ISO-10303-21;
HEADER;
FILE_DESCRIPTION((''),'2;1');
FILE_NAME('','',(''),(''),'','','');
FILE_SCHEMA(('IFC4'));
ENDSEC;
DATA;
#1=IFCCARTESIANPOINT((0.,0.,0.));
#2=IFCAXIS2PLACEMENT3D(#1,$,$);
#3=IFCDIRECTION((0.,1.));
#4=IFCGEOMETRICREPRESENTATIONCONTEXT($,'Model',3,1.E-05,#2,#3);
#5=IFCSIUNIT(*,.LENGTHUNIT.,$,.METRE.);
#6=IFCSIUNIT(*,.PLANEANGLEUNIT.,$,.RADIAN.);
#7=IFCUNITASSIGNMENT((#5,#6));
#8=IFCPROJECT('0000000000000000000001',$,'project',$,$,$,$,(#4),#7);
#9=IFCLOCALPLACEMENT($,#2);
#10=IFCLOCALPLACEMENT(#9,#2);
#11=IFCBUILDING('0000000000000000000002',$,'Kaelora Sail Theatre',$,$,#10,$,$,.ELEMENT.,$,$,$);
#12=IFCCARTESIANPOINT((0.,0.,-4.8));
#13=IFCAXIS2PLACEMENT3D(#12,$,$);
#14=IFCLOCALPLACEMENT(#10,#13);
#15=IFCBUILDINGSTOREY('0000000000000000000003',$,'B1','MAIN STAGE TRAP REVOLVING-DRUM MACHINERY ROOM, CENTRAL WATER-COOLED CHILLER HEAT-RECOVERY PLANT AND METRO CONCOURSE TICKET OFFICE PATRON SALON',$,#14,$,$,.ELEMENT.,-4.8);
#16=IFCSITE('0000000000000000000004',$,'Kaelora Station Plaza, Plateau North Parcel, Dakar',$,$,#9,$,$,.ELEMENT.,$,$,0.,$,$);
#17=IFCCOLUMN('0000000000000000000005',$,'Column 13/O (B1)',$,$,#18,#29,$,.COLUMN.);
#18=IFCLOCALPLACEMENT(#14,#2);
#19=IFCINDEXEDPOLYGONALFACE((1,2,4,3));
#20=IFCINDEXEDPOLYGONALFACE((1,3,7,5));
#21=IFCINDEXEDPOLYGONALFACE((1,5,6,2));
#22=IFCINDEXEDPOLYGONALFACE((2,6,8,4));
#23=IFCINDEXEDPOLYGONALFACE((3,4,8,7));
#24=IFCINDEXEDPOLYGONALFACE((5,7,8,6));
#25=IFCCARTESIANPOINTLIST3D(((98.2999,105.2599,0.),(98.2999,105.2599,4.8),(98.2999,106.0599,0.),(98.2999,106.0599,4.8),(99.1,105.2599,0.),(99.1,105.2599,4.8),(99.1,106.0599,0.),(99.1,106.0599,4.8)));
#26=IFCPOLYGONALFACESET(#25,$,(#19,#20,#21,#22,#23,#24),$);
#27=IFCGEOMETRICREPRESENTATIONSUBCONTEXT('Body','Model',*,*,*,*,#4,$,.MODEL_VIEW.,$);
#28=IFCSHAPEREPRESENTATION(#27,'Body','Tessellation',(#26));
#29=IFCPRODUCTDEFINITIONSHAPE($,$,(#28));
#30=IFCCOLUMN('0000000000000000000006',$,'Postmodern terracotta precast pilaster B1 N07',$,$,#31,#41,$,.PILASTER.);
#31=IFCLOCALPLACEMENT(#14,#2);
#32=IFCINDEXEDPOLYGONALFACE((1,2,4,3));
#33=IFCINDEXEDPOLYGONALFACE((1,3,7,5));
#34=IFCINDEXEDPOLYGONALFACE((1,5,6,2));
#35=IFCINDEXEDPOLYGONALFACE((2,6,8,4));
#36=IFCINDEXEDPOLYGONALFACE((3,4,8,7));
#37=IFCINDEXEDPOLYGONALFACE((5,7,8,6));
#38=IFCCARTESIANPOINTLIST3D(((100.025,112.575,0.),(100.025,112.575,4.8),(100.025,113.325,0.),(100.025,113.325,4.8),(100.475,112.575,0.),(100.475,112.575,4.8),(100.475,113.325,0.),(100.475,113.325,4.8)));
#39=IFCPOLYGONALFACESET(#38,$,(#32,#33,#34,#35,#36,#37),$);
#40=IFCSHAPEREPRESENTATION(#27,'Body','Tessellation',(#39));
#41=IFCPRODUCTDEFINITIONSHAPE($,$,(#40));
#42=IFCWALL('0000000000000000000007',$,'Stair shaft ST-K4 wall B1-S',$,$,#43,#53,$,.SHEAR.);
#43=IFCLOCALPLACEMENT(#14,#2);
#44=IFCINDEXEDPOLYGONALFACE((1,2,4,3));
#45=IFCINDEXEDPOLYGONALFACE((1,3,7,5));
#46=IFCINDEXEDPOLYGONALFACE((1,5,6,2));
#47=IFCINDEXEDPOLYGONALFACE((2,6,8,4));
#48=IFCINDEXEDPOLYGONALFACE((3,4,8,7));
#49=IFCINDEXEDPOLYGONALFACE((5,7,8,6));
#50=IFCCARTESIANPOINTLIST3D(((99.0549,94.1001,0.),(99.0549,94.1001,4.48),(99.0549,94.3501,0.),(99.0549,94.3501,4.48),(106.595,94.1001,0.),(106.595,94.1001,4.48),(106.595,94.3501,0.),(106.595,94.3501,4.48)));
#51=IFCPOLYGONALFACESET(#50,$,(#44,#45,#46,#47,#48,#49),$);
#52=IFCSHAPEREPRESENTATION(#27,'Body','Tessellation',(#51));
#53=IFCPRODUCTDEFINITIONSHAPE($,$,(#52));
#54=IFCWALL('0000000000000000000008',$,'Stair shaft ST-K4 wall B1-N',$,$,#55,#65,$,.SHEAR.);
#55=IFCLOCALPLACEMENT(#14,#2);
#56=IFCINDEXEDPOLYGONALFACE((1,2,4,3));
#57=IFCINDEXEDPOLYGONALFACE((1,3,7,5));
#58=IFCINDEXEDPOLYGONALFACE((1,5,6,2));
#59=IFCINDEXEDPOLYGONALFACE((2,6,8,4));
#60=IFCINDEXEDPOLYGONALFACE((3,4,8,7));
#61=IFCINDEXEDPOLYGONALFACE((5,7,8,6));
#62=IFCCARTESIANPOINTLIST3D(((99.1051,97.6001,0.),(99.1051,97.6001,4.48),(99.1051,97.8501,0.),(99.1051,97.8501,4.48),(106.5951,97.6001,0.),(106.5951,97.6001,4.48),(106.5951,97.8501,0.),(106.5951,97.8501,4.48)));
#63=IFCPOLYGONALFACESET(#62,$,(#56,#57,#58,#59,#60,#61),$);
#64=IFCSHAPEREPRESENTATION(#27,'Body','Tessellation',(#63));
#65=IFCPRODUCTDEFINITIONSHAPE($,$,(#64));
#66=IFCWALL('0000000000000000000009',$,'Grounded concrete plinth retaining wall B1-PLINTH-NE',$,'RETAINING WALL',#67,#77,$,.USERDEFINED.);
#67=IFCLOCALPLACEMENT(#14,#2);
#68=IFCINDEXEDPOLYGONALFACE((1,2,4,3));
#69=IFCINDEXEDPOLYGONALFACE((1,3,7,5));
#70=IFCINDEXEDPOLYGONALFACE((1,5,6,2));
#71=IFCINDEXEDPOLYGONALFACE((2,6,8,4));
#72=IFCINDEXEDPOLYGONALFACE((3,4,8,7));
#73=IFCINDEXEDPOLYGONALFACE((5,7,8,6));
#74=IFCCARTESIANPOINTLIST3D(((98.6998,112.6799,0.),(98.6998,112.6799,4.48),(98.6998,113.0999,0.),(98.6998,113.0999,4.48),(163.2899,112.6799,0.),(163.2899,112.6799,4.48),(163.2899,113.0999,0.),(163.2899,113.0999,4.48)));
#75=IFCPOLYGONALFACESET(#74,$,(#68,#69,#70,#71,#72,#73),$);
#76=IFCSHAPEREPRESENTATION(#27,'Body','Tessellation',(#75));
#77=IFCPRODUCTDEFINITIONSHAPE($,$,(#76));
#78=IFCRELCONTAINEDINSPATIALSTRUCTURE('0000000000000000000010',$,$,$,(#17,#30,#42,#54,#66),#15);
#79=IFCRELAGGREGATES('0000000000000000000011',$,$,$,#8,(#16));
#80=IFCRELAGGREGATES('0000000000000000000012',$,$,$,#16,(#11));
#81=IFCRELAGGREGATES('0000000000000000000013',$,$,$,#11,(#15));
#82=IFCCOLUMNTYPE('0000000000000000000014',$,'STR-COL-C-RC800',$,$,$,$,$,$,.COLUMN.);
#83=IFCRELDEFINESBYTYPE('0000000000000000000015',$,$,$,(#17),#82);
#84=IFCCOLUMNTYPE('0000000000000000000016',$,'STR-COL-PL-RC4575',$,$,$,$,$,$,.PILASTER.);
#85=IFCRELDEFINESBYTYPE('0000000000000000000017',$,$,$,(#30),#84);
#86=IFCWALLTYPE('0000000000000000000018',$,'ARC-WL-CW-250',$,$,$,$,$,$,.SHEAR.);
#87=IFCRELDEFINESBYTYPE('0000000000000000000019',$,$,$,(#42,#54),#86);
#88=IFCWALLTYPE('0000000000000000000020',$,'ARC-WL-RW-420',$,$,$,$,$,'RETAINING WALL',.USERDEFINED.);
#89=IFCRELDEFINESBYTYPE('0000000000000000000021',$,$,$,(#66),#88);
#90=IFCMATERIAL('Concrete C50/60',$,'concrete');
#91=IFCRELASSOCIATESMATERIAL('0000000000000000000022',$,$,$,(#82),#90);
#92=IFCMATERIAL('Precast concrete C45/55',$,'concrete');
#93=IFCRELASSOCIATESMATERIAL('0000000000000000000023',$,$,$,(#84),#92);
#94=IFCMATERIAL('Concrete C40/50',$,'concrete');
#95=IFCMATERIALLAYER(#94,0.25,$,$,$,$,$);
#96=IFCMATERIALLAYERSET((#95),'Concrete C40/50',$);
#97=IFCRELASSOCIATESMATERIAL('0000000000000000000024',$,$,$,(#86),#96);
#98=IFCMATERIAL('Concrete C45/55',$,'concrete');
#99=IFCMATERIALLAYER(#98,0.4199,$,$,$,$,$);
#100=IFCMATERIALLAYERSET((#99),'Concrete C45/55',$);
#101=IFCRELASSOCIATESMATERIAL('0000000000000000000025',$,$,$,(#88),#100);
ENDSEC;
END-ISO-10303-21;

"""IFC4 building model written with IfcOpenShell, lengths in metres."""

from ifc_helpers import new_model, si_unit, direction, frame, frame_2d, origin, origin_2d, place, context, subcontext, project, spatial, rectangle, extrude, material, layer, layer_set, material_profile, profile_set, type_object, element, save


model = new_model("IFC4")

# Units and contexts
model_context = context("Model", 3, precision=1e-05, world=origin(), true_north=direction((0.0, 1.0)))
body_context = subcontext(model_context, "Body", "Model", "MODEL_VIEW")
ifc_project = project(units=[si_unit("LENGTHUNIT", "METRE"), si_unit("PLANEANGLEUNIT", "RADIAN")], contexts=[model_context])

# Site, building, storey
site_placement = place(None, origin())
site = spatial("IfcSite", under=ifc_project, at=site_placement, Name="Kaelora Station Plaza, Plateau North Parcel, Dakar", CompositionType="ELEMENT", RefElevation=0.0)
building_placement = place(site_placement, origin())
building = spatial("IfcBuilding", under=site, at=building_placement, Name="Kaelora Sail Theatre", CompositionType="ELEMENT")
storey_placement = place(building_placement, frame((0.0, 0.0, -4.8)))
storey = spatial("IfcBuildingStorey", under=building, at=storey_placement, Name="B1", Description="MAIN STAGE TRAP REVOLVING-DRUM MACHINERY ROOM, CENTRAL WATER-COOLED CHILLER HEAT-RECOVERY PLANT AND METRO CONCOURSE TICKET OFFICE PATRON SALON", CompositionType="ELEMENT", Elevation=-4.8)

# Columns
ifc_material_1 = material(Name="Concrete C50/60", Category="concrete")
ifc_material_profile_1 = material_profile(ifc_material_1, rectangle(XDim=0.8, YDim=0.8, at=origin_2d()), Name="RC-COL 800x800")
ifc_profile_set_1 = profile_set([ifc_material_profile_1], Name="Concrete C50/60")
column_type_1 = type_object("IfcColumnType", Name="STR-COL-C-RC800", PredefinedType="COLUMN", material=ifc_profile_set_1)
for number, where, z_axis, x_axis, name in (
    (1, (98.7, 105.6599, 0.0), (0.0, 0.0, 1.0), (1.0, 0.0, 0.0), "Column 13/O (B1)"),
):
    element("IfcColumn", number, at=place(storey_placement, frame(where, z_axis=z_axis, x_axis=x_axis)), inside=storey, type_object=column_type_1, Name=name, PredefinedType="COLUMN", context=body_context, shape_type="SweptSolid", body=[
        extrude(rectangle(XDim=0.8, YDim=0.8, at=origin_2d()), origin(), (0.0, 0.0, 1.0), 4.8),
    ])
ifc_material_2 = material(Name="Precast concrete C45/55", Category="concrete")
ifc_material_profile_2 = material_profile(ifc_material_2, rectangle(XDim=0.45, YDim=0.75, at=origin_2d()), Name="RC-PIL 450x750")
ifc_profile_set_2 = profile_set([ifc_material_profile_2], Name="Precast concrete C45/55")
column_type_2 = type_object("IfcColumnType", Name="STR-COL-PL-RC4575", PredefinedType="PILASTER", material=ifc_profile_set_2)
column_placement = place(storey_placement, frame((100.25, 112.95, 0.0), z_axis=(0.0, 0.0, 1.0), x_axis=(1.0, 0.0, 0.0)))
element("IfcColumn", 2, at=column_placement, inside=storey, type_object=column_type_2, Name="Postmodern terracotta precast pilaster B1 N07", PredefinedType="PILASTER", context=body_context, shape_type="SweptSolid", body=[
    extrude(rectangle(XDim=0.45, YDim=0.75, at=origin_2d()), origin(), (0.0, 0.0, 1.0), 4.8),
])

# Walls
ifc_material_3 = material(Name="Concrete C40/50", Category="concrete")
ifc_layer_1 = layer(ifc_material_3, 0.25)
ifc_layer_set_1 = layer_set([ifc_layer_1], Name="Concrete C40/50")
wall_type_1 = type_object("IfcWallType", Name="ARC-WL-CW-250", PredefinedType="SHEAR", material=ifc_layer_set_1)
wall_1_placement = place(storey_placement, frame((99.0549, 94.2251, 0.0), z_axis=(0.0, 0.0, 1.0), x_axis=(1.0, 0.0, 0.0)))
element("IfcWall", 3, at=wall_1_placement, inside=storey, type_object=wall_type_1, Name="Stair shaft ST-K4 wall B1-S", PredefinedType="SHEAR", context=body_context, shape_type="SweptSolid", body=[
    extrude(rectangle(XDim=7.54, YDim=0.25, at=frame_2d((3.77, 0.0))), origin(), (0.0, 0.0, 1.0), 4.48),
])
wall_2_placement = place(storey_placement, frame((99.105, 97.7251, 0.0), z_axis=(0.0, 0.0, 1.0), x_axis=(1.0, 0.0, 0.0)))
element("IfcWall", 4, at=wall_2_placement, inside=storey, type_object=wall_type_1, Name="Stair shaft ST-K4 wall B1-N", PredefinedType="SHEAR", context=body_context, shape_type="SweptSolid", body=[
    extrude(rectangle(XDim=7.49, YDim=0.25, at=frame_2d((3.7451, 0.0))), origin(), (0.0, 0.0, 1.0), 4.48),
])
ifc_material_4 = material(Name="Concrete C45/55", Category="concrete")
ifc_layer_2 = layer(ifc_material_4, 0.4199)
ifc_layer_set_2 = layer_set([ifc_layer_2], Name="Concrete C45/55")
wall_type_2 = type_object("IfcWallType", Name="ARC-WL-RW-420", ElementType="RETAINING WALL", PredefinedType="USERDEFINED", material=ifc_layer_set_2)
wall_3_placement = place(storey_placement, frame((98.7, 112.8899, 0.0), z_axis=(0.0, 0.0, 1.0), x_axis=(1.0, 0.0, 0.0)))
element("IfcWall", 5, at=wall_3_placement, inside=storey, type_object=wall_type_2, Name="Grounded concrete plinth retaining wall B1-PLINTH-NE", ObjectType="RETAINING WALL", PredefinedType="USERDEFINED", context=body_context, shape_type="SweptSolid", body=[
    extrude(rectangle(XDim=64.5901, YDim=0.4199, at=frame_2d((32.2949, 0.0))), origin(), (0.0, 0.0, 1.0), 4.48),
])

save(model, "model.ifc")
